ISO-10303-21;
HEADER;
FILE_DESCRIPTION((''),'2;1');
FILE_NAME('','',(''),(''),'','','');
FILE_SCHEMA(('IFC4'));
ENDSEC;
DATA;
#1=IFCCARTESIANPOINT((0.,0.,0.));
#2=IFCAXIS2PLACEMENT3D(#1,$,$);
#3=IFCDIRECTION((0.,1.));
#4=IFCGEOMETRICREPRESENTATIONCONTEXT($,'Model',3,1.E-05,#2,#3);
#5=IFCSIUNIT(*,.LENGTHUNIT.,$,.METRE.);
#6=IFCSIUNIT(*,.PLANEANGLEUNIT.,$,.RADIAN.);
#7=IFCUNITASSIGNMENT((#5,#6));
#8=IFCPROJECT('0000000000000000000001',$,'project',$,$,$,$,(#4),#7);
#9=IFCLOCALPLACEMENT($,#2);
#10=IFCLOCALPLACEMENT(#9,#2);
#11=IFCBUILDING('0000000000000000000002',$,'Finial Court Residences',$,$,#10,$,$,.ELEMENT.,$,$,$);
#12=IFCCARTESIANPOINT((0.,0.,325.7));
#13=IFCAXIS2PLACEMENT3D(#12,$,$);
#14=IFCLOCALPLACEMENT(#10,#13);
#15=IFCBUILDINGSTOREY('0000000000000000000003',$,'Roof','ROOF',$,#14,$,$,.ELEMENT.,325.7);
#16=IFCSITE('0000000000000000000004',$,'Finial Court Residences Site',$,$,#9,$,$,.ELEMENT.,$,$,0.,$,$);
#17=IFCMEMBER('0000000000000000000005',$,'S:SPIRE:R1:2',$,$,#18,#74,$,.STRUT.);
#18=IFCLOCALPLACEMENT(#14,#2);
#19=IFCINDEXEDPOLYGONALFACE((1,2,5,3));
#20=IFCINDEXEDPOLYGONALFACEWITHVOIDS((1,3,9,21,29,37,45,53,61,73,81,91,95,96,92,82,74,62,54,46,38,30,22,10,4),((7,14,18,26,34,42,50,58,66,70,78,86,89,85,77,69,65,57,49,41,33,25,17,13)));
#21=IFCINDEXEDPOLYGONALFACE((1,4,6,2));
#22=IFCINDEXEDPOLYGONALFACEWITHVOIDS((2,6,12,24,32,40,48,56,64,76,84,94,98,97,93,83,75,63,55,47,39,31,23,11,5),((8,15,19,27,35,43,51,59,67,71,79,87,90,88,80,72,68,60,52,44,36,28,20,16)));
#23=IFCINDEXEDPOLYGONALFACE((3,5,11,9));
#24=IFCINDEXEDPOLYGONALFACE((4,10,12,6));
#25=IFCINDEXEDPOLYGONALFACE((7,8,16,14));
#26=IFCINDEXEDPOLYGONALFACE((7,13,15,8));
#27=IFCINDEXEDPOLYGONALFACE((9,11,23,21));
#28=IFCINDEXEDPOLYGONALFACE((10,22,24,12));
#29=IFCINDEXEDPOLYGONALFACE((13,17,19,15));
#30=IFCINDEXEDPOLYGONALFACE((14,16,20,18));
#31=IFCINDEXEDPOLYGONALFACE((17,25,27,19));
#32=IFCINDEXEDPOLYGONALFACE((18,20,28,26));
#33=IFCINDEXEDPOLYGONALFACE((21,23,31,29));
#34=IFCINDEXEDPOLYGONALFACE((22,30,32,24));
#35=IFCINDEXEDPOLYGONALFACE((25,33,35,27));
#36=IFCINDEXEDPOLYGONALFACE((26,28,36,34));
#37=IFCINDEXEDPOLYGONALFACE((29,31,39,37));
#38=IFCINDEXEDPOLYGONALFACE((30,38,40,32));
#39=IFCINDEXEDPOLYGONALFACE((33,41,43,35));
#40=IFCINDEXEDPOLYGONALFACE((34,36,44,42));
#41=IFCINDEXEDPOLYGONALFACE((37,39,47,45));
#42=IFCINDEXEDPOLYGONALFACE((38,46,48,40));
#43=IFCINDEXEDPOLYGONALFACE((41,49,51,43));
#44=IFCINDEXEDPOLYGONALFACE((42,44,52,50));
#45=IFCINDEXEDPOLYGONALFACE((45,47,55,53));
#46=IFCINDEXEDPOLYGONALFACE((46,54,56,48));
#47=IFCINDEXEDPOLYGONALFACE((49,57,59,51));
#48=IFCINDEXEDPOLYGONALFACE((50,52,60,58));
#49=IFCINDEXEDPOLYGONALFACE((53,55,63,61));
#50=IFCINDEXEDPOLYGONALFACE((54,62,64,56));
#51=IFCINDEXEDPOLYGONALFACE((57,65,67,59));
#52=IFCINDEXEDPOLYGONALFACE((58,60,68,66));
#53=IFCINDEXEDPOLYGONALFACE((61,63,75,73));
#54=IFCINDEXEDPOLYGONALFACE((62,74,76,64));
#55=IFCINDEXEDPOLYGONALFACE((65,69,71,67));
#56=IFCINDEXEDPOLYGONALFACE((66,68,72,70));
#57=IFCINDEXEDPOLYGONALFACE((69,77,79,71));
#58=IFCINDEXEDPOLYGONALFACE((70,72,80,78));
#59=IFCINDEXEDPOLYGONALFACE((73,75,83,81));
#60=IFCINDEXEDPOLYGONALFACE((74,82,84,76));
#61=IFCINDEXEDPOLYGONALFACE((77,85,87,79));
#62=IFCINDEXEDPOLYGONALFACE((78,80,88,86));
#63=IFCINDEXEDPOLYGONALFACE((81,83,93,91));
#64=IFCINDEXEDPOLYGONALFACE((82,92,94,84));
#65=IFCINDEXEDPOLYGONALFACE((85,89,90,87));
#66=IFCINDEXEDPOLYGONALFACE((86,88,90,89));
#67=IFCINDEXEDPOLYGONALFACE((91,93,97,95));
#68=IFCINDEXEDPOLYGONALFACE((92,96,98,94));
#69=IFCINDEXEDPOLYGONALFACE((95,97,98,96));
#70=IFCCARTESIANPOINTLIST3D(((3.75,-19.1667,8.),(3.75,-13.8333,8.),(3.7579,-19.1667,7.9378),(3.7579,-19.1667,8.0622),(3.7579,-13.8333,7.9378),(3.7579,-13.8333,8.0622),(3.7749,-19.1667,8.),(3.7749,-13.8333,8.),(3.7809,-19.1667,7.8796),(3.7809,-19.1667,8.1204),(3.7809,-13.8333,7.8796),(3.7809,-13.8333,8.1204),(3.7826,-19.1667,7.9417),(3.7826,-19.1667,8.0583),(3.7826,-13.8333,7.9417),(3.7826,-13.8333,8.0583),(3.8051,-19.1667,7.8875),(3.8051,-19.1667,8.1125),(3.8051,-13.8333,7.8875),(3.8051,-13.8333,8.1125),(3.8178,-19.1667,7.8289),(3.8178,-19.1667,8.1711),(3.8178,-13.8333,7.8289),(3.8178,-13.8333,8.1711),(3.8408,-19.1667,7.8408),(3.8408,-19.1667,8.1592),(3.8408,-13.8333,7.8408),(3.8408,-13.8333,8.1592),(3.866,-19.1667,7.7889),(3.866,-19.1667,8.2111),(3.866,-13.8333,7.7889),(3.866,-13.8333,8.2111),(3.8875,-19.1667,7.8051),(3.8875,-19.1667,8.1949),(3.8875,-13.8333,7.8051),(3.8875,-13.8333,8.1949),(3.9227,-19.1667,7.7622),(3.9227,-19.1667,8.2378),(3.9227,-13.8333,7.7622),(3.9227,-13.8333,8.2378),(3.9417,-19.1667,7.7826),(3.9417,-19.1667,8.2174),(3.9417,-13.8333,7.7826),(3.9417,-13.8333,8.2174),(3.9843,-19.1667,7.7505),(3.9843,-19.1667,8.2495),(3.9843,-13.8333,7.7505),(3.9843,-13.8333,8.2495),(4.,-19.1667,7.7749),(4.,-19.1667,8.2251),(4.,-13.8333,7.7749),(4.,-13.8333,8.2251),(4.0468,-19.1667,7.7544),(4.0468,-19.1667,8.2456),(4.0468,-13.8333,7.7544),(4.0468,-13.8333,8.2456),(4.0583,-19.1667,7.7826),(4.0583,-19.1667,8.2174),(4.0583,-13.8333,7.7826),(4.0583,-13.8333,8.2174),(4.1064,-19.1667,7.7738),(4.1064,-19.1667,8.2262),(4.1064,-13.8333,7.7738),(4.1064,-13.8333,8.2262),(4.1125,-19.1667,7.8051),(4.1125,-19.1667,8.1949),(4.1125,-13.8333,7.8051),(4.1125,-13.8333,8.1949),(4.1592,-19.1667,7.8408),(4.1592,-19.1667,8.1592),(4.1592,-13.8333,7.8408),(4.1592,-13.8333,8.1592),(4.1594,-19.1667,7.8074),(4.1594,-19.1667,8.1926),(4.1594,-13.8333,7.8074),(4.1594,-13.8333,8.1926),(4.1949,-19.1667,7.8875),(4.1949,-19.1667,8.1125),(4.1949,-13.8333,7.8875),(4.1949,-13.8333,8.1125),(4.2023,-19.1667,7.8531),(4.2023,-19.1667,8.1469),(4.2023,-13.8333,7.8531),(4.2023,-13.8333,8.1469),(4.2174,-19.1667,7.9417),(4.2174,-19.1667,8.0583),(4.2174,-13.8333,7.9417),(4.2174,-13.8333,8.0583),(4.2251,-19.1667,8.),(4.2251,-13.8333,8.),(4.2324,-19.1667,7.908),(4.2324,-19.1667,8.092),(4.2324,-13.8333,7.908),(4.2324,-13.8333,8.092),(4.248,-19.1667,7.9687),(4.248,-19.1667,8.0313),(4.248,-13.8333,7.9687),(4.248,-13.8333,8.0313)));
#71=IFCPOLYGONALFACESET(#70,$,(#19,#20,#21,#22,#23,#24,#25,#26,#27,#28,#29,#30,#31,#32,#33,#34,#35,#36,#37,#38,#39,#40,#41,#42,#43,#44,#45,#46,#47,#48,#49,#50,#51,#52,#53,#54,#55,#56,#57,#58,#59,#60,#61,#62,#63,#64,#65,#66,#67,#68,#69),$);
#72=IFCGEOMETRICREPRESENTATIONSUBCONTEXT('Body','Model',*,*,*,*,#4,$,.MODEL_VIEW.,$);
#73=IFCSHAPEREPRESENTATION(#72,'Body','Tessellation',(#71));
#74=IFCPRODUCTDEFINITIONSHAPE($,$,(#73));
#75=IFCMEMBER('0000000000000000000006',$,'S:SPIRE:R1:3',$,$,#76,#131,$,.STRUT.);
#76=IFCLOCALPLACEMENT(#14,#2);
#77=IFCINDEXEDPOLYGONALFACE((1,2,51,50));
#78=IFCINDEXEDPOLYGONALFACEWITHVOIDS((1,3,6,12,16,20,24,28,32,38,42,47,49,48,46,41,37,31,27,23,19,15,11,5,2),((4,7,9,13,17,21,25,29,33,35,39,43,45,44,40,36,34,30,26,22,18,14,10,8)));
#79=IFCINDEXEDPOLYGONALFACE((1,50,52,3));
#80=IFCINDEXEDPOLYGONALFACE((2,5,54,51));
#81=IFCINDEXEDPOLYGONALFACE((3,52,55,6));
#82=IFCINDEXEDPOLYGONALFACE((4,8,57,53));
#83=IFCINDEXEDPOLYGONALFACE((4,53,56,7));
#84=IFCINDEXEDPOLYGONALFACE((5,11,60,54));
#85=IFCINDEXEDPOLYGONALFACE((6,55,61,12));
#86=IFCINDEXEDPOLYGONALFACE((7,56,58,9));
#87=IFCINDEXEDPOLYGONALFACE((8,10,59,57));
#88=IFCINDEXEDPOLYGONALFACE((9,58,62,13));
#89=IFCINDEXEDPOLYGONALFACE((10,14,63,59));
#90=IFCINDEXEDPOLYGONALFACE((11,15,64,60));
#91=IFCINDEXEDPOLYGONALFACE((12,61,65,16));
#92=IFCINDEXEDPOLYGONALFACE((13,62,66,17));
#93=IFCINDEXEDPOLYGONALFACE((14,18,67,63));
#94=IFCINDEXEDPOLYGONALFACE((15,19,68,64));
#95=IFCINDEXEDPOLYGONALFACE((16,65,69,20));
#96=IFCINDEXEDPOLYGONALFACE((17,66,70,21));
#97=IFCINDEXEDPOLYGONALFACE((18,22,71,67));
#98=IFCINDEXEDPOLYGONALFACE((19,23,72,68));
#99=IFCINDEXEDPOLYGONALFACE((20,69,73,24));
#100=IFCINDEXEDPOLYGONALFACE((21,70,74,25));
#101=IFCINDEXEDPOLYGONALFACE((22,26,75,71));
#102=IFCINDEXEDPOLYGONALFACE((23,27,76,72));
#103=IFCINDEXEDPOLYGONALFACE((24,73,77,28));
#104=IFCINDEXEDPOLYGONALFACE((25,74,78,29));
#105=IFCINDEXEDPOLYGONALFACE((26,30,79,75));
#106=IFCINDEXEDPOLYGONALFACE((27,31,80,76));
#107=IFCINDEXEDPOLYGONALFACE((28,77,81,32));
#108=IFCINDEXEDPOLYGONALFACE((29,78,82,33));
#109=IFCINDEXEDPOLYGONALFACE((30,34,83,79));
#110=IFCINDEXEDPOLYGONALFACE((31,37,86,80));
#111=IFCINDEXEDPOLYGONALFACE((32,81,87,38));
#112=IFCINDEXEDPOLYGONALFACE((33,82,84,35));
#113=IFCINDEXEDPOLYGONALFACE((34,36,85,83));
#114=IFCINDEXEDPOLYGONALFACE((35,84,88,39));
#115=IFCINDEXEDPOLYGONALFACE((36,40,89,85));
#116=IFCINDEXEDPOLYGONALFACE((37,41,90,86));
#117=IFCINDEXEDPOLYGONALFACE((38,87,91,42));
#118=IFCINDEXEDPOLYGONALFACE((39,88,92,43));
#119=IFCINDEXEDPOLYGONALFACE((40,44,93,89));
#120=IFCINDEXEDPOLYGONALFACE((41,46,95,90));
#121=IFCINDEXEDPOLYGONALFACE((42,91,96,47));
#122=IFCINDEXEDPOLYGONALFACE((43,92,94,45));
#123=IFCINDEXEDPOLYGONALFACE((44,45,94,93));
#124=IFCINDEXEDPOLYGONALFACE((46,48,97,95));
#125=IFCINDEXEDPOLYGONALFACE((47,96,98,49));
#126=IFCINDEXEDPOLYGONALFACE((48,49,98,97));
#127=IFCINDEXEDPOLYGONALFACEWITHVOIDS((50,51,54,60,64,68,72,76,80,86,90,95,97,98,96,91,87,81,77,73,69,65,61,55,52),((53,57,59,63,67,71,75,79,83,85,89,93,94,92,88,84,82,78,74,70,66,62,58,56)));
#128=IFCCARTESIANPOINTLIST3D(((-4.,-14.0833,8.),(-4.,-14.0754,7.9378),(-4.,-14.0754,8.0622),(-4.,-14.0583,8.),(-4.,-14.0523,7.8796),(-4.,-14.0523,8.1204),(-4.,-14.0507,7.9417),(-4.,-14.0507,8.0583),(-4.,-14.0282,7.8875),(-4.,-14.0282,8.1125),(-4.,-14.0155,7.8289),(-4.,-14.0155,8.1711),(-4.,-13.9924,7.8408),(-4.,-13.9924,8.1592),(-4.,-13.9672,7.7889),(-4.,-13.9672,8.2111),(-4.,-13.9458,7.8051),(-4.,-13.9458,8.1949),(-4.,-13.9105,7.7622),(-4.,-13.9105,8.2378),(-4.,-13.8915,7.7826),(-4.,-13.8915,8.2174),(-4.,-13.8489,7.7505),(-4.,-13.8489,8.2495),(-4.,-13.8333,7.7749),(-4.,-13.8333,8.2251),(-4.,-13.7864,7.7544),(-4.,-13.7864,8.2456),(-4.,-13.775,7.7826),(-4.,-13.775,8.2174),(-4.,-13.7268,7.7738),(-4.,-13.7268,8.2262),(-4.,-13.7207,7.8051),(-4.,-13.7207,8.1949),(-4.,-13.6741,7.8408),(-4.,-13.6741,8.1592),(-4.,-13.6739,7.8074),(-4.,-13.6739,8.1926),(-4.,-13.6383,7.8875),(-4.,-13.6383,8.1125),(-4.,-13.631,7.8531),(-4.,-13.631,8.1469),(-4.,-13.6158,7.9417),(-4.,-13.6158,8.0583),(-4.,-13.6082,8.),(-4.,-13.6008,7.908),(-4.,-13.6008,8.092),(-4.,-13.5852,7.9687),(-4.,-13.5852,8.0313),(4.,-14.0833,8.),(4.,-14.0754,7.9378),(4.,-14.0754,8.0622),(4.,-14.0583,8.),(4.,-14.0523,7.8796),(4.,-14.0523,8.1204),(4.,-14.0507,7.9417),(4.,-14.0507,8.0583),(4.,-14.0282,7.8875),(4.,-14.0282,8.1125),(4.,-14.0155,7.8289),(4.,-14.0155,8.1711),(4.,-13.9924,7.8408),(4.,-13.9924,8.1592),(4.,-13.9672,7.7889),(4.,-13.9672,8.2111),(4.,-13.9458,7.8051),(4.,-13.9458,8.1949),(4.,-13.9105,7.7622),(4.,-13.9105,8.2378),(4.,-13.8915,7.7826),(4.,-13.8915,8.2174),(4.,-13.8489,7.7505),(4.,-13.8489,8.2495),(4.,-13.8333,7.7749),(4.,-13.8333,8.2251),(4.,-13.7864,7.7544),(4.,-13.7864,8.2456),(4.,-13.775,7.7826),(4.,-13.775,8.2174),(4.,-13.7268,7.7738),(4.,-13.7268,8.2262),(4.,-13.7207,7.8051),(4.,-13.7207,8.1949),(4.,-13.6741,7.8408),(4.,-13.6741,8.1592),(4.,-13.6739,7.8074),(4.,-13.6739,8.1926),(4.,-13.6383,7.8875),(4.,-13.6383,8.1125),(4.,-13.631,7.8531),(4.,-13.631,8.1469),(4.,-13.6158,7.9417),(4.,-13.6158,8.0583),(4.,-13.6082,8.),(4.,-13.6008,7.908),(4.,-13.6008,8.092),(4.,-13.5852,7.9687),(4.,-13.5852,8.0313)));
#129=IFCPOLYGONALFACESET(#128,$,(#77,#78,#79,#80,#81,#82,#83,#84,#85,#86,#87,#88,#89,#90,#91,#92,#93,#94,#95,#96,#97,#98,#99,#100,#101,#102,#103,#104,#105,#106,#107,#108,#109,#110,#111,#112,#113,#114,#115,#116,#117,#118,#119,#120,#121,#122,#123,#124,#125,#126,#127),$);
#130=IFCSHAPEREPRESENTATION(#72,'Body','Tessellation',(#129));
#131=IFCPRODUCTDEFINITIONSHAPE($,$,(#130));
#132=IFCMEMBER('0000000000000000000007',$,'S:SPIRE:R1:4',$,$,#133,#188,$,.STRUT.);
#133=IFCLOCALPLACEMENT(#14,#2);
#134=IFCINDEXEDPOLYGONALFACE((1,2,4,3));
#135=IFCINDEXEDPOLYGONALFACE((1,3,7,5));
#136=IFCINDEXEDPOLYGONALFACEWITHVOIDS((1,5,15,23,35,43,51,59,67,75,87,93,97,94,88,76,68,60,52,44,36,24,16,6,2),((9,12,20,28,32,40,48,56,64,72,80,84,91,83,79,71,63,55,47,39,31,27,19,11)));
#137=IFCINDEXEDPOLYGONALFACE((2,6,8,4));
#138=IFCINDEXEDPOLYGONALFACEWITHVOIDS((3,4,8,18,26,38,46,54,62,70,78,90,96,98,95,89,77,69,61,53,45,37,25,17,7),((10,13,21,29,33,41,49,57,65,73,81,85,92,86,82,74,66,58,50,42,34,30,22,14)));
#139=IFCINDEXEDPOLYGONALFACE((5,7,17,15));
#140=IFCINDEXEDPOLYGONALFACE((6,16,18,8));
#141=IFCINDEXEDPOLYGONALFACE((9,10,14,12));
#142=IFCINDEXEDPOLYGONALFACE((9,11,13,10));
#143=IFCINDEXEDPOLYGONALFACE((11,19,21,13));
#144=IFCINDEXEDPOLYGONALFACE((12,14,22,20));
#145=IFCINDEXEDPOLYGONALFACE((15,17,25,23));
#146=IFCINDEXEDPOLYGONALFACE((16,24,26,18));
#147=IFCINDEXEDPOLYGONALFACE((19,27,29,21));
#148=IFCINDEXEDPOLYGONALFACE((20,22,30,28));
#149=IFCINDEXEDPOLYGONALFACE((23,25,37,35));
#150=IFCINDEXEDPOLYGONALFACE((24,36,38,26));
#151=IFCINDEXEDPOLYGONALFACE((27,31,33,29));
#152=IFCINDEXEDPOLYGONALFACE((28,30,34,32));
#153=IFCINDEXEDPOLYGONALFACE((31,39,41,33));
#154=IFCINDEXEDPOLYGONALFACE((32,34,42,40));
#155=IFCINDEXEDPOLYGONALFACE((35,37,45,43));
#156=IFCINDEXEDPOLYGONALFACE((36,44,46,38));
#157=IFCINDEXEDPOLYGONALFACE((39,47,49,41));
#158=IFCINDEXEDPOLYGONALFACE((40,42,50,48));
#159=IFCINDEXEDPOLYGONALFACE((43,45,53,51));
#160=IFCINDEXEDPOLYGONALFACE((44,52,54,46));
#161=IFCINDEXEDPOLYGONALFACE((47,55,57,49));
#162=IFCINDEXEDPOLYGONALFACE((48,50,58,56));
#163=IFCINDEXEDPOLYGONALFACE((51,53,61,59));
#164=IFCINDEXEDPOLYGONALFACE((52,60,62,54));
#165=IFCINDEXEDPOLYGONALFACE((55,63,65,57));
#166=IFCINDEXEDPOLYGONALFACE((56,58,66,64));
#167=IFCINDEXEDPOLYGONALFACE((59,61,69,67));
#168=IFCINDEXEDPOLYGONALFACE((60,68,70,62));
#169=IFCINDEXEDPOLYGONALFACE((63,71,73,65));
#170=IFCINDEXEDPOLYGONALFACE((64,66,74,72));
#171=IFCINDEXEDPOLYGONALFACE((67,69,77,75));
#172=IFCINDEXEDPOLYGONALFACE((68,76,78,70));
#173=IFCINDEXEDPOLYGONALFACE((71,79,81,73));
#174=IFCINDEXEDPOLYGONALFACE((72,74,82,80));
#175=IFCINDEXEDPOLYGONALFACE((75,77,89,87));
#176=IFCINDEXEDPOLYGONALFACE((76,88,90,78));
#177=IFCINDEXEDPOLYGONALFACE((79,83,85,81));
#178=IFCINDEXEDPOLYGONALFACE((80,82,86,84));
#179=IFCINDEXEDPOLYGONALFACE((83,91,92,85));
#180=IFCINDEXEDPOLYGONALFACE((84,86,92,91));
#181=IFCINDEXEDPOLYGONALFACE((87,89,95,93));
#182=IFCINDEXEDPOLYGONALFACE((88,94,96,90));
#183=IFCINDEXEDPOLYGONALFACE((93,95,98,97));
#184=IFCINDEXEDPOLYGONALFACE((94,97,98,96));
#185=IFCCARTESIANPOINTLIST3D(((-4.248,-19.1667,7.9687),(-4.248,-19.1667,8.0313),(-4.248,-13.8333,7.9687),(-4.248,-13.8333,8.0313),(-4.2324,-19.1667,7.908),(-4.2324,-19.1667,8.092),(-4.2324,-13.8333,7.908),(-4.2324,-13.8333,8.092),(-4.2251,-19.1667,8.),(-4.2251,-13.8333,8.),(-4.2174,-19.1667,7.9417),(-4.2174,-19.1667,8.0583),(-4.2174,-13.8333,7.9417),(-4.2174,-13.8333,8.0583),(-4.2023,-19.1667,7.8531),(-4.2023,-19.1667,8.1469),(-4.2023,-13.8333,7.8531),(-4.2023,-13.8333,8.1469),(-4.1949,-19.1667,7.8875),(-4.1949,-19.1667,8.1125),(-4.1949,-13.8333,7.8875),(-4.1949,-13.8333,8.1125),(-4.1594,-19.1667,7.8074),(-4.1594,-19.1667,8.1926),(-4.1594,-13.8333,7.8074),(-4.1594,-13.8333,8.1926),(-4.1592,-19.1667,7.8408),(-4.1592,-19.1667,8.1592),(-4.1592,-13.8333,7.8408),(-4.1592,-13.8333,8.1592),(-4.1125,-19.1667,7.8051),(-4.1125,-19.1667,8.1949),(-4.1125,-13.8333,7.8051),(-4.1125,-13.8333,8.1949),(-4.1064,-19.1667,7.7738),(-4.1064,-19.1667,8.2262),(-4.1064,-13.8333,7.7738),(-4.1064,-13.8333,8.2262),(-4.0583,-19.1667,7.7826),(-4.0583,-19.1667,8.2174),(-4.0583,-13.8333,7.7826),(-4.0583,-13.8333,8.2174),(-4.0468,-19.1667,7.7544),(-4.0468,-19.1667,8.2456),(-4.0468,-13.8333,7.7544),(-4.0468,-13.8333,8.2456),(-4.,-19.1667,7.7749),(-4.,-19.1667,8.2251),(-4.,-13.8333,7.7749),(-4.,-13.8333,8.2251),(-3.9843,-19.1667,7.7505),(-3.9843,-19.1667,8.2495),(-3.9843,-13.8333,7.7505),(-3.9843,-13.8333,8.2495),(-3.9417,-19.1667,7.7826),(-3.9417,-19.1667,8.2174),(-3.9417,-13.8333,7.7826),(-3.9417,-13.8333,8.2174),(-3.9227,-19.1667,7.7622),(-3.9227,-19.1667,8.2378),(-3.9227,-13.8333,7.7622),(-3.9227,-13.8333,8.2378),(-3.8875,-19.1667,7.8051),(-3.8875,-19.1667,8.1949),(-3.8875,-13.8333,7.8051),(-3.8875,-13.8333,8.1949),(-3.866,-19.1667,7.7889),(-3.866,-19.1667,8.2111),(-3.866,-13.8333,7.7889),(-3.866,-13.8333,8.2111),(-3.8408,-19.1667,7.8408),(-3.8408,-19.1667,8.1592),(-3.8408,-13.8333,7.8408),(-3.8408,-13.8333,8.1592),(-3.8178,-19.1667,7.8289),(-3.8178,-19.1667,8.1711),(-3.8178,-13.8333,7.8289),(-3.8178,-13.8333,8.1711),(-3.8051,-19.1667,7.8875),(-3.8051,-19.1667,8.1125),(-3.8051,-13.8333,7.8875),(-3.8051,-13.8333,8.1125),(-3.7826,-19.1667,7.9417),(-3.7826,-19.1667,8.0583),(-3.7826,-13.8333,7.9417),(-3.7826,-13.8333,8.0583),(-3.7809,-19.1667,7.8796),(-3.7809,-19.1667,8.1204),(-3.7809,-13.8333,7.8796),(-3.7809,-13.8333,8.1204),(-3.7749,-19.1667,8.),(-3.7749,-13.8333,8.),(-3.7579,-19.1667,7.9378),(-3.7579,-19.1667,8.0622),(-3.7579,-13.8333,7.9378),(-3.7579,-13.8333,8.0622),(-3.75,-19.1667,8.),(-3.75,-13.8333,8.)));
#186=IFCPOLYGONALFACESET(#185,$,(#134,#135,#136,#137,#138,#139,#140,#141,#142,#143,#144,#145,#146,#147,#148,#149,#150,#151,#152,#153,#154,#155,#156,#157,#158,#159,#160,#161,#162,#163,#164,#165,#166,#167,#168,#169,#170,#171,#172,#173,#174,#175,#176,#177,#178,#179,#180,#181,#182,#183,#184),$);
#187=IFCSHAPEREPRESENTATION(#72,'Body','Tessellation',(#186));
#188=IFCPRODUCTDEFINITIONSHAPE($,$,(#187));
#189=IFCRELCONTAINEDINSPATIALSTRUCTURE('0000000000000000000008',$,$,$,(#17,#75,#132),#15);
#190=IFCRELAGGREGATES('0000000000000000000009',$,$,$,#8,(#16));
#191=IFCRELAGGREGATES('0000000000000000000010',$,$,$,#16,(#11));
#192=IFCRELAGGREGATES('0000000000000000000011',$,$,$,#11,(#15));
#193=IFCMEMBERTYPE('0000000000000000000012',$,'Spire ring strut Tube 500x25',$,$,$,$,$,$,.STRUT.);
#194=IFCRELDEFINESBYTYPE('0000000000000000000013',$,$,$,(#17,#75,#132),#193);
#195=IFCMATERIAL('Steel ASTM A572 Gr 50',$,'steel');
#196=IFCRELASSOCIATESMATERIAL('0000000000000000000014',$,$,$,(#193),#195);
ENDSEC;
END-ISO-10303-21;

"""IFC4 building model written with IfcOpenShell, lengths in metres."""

from ifc_helpers import new_model, si_unit, direction, frame, origin, origin_2d, place, context, subcontext, project, spatial, hollow_circle, extrude, material, material_profile, profile_set, type_object, element, save


model = new_model("IFC4")

# Units and contexts
model_context = context("Model", 3, precision=1e-05, world=origin(), true_north=direction((0.0, 1.0)))
body_context = subcontext(model_context, "Body", "Model", "MODEL_VIEW")
ifc_project = project(units=[si_unit("LENGTHUNIT", "METRE"), si_unit("PLANEANGLEUNIT", "RADIAN")], contexts=[model_context])

# Site, building, storey
site_placement = place(None, origin())
site = spatial("IfcSite", under=ifc_project, at=site_placement, Name="Finial Court Residences Site", CompositionType="ELEMENT", RefElevation=0.0)
building_placement = place(site_placement, origin())
building = spatial("IfcBuilding", under=site, at=building_placement, Name="Finial Court Residences", CompositionType="ELEMENT")
storey_placement = place(building_placement, frame((0.0, 0.0, 325.7)))
storey = spatial("IfcBuildingStorey", under=building, at=storey_placement, Name="Roof", Description="ROOF", CompositionType="ELEMENT", Elevation=325.7)

# Members
ifc_material = material(Name="Steel ASTM A572 Gr 50", Category="steel")
ifc_material_profile_1 = material_profile(ifc_material, hollow_circle(Radius=0.25, WallThickness=0.0249, at=origin_2d()), Name="Tube 500x25")
ifc_profile_set_1 = profile_set([ifc_material_profile_1], Name="Steel ASTM A572 Gr 50")
member_type_1 = type_object("IfcMemberType", Name="Spire ring strut Tube 500x25", PredefinedType="STRUT", material=ifc_profile_set_1)
member_1_placement = place(storey_placement, frame((4.0, -19.1667, 8.0), z_axis=(0.0, 1.0, 0.0), x_axis=(-1.0, 0.0, 0.0)))
element("IfcMember", 1, at=member_1_placement, inside=storey, type_object=member_type_1, Name="S:SPIRE:R1:2", PredefinedType="STRUT", context=body_context, shape_type="SweptSolid", body=[
    extrude(hollow_circle(Radius=0.25, WallThickness=0.0249, at=origin_2d()), origin(), (0.0, 0.0, 1.0), 5.3335),
])
member_2_placement = place(storey_placement, frame((4.0, -13.8333, 8.0), z_axis=(-1.0, 0.0, 0.0), x_axis=(0.0, -1.0, 0.0)))
element("IfcMember", 2, at=member_2_placement, inside=storey, type_object=member_type_1, Name="S:SPIRE:R1:3", PredefinedType="STRUT", context=body_context, shape_type="SweptSolid", body=[
    extrude(hollow_circle(Radius=0.25, WallThickness=0.0249, at=origin_2d()), origin(), (0.0, 0.0, 1.0), 8.0),
])
member_3_placement = place(storey_placement, frame((-4.0, -13.8333, 8.0), z_axis=(0.0, -1.0, 0.0), x_axis=(1.0, 0.0, 0.0)))
element("IfcMember", 3, at=member_3_placement, inside=storey, type_object=member_type_1, Name="S:SPIRE:R1:4", PredefinedType="STRUT", context=body_context, shape_type="SweptSolid", body=[
    extrude(hollow_circle(Radius=0.25, WallThickness=0.0249, at=origin_2d()), origin(), (0.0, 0.0, 1.0), 5.3335),
])

save(model, "model.ifc")
